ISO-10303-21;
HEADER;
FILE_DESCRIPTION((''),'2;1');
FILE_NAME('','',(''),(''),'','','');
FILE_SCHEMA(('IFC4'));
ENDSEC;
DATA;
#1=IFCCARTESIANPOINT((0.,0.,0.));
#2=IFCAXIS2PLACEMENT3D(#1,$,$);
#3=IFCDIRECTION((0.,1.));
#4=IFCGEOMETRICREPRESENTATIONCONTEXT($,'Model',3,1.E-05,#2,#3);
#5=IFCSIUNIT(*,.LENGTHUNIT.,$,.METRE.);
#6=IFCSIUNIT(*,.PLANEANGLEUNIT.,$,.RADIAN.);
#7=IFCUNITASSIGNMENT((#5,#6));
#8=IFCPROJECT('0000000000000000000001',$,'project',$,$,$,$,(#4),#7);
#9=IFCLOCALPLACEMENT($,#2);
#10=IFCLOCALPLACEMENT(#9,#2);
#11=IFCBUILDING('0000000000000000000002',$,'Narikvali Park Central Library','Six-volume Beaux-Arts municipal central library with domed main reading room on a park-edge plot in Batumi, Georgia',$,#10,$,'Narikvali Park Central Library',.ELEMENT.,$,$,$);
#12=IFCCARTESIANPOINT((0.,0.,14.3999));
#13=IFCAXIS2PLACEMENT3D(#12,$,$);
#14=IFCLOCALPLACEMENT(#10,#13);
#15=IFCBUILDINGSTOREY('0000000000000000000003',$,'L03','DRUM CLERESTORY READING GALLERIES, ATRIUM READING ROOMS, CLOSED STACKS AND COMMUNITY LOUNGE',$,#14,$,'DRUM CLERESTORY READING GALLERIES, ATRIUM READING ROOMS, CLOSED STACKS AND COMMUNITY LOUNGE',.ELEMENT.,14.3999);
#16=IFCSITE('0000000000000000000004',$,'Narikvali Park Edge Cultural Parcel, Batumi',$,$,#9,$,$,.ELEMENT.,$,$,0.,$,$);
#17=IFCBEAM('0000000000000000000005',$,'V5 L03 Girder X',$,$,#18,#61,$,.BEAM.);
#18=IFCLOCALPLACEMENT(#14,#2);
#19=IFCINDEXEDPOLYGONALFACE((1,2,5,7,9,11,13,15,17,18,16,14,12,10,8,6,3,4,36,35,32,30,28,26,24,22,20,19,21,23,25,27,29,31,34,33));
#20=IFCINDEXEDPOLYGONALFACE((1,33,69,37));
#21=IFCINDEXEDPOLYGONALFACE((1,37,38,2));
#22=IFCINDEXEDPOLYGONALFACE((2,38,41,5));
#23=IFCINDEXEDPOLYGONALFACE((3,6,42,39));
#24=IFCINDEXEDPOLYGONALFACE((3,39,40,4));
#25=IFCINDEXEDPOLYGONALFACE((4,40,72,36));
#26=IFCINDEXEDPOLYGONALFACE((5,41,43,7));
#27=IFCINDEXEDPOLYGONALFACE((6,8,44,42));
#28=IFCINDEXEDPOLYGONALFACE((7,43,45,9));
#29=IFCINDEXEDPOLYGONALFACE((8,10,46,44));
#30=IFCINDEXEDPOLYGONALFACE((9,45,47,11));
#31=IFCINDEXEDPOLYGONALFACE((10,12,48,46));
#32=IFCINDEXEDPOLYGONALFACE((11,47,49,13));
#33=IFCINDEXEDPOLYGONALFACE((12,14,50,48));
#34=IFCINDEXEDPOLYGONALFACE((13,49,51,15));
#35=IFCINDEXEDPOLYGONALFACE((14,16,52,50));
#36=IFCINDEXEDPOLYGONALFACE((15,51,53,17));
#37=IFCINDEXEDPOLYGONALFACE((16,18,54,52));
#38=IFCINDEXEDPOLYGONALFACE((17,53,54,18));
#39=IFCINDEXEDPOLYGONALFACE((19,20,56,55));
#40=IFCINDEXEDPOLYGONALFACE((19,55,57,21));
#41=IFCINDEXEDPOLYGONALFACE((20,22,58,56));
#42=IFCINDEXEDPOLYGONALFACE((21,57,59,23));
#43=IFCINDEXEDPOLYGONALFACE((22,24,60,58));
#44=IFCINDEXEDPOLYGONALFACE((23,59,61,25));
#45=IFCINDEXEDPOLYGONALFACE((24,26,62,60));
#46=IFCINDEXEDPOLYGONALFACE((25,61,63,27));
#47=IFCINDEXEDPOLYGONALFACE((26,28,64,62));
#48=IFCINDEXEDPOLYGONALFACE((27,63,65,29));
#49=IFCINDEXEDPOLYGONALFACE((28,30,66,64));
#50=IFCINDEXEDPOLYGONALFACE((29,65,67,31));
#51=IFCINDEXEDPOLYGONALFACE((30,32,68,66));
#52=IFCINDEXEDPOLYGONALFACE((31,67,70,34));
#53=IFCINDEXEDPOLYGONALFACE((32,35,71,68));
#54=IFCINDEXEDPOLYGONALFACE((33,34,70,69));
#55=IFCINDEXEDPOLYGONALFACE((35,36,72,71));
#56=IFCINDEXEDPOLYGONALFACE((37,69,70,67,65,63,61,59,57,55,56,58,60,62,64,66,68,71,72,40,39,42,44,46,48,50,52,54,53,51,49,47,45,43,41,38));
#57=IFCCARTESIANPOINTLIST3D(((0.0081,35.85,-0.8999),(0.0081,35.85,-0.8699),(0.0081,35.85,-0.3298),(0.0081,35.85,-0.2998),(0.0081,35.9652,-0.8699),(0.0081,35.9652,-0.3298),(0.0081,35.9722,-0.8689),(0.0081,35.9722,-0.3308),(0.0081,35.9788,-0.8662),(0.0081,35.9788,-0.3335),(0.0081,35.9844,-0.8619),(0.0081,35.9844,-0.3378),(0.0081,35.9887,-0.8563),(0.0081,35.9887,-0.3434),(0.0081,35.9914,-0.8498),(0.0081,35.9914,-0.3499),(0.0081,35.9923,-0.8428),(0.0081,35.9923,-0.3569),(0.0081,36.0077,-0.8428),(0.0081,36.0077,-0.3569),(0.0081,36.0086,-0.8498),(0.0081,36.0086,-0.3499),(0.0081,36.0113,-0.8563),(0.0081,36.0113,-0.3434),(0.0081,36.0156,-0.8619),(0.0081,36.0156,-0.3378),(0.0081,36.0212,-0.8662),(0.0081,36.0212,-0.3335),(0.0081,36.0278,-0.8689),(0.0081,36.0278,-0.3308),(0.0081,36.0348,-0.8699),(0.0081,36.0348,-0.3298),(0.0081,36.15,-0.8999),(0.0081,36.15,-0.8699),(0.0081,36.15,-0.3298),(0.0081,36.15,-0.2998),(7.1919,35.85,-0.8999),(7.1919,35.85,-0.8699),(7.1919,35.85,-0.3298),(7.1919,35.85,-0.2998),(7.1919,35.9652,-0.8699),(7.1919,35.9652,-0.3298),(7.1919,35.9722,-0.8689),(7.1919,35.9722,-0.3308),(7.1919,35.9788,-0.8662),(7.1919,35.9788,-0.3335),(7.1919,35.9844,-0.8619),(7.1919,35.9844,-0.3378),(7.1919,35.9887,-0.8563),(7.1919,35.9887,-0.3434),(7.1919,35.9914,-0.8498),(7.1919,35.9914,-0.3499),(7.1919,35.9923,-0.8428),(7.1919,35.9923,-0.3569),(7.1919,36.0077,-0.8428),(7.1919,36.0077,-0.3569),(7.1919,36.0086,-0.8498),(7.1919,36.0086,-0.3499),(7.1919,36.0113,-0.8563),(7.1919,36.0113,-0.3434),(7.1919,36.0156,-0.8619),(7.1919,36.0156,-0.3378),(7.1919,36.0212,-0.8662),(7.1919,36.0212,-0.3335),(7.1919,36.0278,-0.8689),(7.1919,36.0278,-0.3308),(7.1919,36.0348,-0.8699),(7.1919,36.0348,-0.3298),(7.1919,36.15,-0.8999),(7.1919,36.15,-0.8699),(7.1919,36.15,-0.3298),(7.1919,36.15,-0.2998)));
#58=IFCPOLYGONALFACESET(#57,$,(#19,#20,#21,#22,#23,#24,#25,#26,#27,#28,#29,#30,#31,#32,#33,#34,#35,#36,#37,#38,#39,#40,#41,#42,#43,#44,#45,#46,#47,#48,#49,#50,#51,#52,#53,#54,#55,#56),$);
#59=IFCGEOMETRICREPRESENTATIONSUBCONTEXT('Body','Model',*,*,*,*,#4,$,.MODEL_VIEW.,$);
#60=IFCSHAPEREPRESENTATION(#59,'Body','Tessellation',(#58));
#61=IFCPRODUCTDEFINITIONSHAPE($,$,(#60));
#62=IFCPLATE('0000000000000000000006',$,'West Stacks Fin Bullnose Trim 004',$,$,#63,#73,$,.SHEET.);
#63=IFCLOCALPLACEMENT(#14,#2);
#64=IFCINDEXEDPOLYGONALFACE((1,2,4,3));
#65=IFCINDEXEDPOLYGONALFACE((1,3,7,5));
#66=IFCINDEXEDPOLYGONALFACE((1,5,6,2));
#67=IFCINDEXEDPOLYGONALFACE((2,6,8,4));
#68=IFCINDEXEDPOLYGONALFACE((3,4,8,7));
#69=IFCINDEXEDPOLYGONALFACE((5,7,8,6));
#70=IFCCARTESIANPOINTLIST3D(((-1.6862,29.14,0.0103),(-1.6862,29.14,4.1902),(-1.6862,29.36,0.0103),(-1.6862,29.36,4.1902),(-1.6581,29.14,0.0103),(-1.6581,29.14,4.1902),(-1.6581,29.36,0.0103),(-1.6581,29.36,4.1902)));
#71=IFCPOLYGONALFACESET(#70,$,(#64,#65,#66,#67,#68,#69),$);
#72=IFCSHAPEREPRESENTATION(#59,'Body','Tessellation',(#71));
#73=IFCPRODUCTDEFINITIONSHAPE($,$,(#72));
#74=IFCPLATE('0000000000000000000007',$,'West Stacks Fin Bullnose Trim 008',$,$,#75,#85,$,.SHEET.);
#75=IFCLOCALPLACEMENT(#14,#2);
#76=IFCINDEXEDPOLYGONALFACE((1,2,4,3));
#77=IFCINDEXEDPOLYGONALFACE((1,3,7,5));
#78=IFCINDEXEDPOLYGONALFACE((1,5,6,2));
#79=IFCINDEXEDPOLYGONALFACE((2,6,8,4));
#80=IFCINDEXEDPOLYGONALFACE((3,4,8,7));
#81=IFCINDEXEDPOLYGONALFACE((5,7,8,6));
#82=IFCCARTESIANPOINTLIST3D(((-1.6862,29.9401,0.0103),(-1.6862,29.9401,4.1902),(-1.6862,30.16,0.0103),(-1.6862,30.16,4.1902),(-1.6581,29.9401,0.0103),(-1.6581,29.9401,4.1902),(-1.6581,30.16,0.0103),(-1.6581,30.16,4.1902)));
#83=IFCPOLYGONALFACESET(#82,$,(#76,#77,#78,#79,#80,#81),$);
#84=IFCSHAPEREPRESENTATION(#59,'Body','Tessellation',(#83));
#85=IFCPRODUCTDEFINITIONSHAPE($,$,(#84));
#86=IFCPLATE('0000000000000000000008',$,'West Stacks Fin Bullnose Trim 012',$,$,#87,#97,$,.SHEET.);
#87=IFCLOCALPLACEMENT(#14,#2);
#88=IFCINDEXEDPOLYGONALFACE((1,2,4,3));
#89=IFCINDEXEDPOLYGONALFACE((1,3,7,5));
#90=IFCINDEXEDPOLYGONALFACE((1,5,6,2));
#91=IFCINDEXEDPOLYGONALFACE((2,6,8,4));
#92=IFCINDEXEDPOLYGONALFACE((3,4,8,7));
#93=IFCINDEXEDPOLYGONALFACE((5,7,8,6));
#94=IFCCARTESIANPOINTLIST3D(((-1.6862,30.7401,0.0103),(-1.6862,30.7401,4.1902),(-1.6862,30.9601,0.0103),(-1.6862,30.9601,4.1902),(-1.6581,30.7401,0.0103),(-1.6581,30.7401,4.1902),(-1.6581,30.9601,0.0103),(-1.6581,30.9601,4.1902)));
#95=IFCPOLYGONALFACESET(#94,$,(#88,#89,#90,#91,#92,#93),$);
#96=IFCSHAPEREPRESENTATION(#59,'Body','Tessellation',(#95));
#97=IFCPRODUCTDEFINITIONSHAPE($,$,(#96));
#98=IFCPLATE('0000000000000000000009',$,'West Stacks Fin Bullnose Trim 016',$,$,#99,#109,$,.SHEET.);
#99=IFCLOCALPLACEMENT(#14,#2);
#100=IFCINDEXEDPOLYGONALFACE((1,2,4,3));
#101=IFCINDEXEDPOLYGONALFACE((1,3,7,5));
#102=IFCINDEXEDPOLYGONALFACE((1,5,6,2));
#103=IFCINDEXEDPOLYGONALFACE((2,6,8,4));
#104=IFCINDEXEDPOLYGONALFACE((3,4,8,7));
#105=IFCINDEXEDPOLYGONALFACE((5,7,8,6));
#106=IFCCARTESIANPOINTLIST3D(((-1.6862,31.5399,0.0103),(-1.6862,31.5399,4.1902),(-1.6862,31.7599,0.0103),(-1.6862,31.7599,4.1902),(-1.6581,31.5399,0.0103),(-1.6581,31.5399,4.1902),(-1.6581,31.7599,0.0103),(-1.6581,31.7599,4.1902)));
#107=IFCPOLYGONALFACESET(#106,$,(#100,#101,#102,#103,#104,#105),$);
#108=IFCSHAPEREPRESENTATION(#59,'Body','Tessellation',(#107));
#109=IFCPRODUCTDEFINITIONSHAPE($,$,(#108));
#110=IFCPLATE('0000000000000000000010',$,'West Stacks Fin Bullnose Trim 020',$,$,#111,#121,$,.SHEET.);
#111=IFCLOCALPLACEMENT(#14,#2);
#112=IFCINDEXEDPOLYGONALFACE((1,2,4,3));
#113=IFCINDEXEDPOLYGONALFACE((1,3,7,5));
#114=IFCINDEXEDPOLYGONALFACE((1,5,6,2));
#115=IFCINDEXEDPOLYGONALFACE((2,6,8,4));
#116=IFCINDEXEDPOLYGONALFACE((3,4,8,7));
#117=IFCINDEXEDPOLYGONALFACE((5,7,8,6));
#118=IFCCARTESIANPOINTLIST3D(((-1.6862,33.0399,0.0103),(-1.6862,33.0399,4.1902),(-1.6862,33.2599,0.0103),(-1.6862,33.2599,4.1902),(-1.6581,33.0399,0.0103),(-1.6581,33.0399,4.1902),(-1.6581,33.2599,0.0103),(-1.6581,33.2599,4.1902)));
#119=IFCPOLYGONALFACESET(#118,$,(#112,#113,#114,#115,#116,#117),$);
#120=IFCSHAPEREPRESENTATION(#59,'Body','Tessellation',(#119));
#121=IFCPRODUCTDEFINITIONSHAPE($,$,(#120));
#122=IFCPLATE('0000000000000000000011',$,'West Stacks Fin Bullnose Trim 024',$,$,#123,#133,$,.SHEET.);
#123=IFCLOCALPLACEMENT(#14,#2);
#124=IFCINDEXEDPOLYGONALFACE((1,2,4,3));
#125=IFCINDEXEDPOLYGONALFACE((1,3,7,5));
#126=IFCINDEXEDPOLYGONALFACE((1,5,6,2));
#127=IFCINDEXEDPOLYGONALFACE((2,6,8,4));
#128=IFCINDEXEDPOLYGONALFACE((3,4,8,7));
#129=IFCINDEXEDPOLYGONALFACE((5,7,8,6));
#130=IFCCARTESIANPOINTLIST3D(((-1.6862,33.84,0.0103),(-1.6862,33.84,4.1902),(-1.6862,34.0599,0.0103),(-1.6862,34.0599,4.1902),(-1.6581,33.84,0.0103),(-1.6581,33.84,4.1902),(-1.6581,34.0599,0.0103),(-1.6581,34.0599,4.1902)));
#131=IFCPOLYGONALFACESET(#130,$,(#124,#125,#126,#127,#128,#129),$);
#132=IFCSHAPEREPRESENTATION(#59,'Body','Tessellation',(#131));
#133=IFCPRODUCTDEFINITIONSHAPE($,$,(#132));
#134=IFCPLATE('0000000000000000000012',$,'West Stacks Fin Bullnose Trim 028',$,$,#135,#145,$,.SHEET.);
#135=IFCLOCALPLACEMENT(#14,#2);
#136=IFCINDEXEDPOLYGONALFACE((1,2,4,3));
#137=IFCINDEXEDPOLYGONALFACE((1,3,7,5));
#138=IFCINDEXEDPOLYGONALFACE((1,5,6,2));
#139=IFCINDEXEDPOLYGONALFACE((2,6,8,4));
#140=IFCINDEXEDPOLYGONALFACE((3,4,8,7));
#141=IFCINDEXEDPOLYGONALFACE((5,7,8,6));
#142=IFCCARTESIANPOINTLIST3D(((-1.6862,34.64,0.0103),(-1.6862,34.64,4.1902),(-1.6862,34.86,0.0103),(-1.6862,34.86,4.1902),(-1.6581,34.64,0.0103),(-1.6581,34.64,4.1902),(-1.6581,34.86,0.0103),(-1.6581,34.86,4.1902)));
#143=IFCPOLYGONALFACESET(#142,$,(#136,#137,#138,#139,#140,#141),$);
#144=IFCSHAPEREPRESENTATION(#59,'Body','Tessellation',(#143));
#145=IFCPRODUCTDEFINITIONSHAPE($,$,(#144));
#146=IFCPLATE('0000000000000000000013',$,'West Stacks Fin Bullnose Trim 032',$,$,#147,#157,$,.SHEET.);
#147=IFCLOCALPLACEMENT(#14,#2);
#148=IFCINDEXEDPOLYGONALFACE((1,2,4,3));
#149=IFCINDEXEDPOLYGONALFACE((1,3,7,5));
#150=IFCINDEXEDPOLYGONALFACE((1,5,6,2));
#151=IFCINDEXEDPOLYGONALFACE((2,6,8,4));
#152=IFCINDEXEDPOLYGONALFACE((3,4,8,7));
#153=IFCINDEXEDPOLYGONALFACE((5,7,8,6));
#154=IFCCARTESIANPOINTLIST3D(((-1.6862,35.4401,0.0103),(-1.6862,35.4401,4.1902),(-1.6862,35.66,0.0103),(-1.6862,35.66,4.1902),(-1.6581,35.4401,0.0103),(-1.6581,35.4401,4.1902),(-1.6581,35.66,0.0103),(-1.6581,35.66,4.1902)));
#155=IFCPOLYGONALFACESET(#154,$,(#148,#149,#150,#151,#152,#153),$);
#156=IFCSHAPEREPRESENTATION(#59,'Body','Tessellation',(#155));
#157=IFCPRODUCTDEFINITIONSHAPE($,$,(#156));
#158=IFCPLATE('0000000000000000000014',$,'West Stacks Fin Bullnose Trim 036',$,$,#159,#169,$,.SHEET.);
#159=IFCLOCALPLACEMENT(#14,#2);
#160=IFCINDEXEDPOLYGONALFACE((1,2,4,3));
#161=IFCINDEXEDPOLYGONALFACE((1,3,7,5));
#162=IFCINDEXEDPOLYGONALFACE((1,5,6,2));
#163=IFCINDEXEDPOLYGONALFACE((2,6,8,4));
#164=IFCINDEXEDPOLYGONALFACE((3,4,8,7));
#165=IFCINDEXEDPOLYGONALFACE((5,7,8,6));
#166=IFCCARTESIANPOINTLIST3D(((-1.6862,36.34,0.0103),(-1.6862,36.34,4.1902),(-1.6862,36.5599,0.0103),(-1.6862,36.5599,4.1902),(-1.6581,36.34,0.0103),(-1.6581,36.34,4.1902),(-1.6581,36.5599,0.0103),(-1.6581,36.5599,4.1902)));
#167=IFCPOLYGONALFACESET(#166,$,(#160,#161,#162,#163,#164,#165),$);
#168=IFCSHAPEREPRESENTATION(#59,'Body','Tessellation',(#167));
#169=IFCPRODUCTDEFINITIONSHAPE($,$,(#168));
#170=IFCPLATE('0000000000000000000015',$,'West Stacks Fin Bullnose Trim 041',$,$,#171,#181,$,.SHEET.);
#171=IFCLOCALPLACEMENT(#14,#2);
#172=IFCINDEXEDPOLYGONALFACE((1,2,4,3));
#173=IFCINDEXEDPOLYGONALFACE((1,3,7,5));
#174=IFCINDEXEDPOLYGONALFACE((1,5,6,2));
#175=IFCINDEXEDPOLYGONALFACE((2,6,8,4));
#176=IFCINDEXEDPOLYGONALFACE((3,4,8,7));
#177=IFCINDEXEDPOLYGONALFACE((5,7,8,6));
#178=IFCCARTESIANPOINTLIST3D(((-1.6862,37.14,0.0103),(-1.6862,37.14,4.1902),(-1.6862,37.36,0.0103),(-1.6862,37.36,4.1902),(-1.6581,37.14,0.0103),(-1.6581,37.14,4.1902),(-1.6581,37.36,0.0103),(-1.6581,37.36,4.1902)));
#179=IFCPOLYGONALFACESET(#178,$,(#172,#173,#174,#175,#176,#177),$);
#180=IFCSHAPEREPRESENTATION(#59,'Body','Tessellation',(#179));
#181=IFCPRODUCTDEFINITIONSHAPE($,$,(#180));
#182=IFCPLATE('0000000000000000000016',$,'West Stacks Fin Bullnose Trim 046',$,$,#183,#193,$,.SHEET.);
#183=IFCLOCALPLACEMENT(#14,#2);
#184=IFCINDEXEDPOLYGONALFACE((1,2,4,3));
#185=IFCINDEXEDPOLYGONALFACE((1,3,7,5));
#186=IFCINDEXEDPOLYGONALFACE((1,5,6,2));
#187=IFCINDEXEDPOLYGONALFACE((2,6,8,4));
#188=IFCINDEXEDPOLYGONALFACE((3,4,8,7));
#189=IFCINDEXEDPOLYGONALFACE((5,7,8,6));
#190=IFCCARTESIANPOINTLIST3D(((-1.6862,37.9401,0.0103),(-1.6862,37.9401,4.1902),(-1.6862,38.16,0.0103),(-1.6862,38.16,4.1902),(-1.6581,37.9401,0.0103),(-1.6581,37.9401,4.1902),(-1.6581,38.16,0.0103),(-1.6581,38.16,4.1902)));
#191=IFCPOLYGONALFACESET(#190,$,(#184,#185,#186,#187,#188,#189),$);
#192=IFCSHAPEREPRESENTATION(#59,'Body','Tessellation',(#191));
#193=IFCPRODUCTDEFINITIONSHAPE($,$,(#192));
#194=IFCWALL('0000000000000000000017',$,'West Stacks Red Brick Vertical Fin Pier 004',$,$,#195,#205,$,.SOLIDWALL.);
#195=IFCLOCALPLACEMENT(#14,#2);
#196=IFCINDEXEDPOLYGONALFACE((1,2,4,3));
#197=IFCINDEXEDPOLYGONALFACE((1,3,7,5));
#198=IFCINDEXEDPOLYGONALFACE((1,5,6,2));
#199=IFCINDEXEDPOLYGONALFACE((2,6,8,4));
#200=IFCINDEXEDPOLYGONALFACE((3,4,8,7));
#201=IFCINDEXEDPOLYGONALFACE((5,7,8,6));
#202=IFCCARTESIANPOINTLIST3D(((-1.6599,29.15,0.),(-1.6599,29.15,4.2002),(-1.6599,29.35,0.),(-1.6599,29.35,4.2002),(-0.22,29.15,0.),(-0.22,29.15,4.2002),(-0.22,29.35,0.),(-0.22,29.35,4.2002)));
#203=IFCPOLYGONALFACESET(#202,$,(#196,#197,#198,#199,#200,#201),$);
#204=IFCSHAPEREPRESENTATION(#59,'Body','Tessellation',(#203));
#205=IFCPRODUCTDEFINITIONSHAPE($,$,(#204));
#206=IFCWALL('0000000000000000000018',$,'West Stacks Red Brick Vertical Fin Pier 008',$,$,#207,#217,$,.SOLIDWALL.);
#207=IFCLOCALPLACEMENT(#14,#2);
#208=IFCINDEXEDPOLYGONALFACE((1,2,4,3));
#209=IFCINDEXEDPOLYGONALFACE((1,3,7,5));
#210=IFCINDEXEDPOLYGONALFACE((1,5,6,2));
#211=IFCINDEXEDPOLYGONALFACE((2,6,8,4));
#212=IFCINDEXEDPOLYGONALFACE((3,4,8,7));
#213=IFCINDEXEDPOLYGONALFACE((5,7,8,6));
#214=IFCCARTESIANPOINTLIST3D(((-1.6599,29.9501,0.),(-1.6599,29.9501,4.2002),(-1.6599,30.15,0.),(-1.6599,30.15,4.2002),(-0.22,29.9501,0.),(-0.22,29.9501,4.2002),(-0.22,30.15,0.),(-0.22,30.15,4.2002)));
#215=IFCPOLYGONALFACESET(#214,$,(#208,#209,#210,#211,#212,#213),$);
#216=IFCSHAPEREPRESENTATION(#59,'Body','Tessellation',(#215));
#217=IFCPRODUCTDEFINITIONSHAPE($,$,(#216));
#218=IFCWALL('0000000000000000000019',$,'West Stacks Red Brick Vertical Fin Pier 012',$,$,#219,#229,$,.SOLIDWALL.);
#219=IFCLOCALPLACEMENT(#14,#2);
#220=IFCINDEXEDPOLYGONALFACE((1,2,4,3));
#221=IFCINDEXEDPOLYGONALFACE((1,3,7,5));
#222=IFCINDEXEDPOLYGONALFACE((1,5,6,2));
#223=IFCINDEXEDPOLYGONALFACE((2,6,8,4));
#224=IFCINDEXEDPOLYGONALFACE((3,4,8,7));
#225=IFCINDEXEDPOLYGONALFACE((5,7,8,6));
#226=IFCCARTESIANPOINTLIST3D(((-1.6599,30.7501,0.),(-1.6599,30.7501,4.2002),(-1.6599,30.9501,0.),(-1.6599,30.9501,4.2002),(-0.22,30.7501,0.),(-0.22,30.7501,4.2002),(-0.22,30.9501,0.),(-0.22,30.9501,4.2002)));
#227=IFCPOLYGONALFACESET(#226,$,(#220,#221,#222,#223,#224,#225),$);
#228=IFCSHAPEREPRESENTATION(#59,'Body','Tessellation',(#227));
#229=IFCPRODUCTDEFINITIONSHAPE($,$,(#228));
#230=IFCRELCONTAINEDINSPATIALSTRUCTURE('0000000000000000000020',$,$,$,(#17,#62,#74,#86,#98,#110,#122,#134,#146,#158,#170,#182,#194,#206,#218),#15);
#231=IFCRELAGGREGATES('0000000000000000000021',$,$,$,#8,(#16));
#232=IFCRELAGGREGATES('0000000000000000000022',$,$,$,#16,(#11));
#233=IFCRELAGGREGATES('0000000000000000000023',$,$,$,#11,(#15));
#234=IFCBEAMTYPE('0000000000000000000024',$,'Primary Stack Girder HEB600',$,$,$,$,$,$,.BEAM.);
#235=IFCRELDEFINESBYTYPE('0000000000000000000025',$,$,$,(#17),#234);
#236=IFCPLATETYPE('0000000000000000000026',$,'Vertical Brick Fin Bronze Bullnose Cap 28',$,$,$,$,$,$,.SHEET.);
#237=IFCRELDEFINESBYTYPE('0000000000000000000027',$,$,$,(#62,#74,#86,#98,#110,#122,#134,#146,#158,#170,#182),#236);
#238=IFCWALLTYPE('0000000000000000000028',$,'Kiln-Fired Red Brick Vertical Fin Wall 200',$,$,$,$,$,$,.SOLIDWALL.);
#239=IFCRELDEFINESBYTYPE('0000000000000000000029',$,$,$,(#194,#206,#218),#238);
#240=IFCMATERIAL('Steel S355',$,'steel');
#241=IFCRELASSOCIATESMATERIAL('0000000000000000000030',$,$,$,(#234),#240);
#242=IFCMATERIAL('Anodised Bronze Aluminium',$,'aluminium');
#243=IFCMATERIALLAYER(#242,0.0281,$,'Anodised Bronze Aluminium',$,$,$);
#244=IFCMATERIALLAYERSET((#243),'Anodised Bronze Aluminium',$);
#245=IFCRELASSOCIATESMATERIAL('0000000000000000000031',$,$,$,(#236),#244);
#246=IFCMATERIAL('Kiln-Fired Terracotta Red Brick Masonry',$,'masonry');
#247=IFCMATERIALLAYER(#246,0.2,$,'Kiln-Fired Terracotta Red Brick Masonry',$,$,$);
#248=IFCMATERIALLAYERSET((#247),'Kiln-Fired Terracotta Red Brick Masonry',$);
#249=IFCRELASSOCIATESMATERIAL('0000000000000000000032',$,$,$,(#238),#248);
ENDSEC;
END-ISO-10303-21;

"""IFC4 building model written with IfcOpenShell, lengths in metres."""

from ifc_helpers import new_model, si_unit, direction, frame, frame_2d, origin, origin_2d, place, context, subcontext, project, spatial, rectangle, i_section, extrude, material, layer, layer_set, material_profile, profile_set, type_object, element, save


model = new_model("IFC4")

# Units and contexts
model_context = context("Model", 3, precision=1e-05, world=origin(), true_north=direction((0.0, 1.0)))
body_context = subcontext(model_context, "Body", "Model", "MODEL_VIEW")
ifc_project = project(units=[si_unit("LENGTHUNIT", "METRE"), si_unit("PLANEANGLEUNIT", "RADIAN")], contexts=[model_context])

# Site, building, storey
site_placement = place(None, origin())
site = spatial("IfcSite", under=ifc_project, at=site_placement, Name="Narikvali Park Edge Cultural Parcel, Batumi", CompositionType="ELEMENT", RefElevation=0.0)
building_placement = place(site_placement, origin())
building = spatial("IfcBuilding", under=site, at=building_placement, Name="Narikvali Park Central Library", Description="Six-volume Beaux-Arts municipal central library with domed main reading room on a park-edge plot in Batumi, Georgia", LongName="Narikvali Park Central Library", CompositionType="ELEMENT")
storey_placement = place(building_placement, frame((0.0, 0.0, 14.3999)))
storey = spatial("IfcBuildingStorey", under=building, at=storey_placement, Name="L03", Description="DRUM CLERESTORY READING GALLERIES, ATRIUM READING ROOMS, CLOSED STACKS AND COMMUNITY LOUNGE", LongName="DRUM CLERESTORY READING GALLERIES, ATRIUM READING ROOMS, CLOSED STACKS AND COMMUNITY LOUNGE", CompositionType="ELEMENT", Elevation=14.3999)

# Shared definitions
ifc_material_1 = material(Name="Steel S355", Category="steel")

# Beam
ifc_material_profile_1 = material_profile(ifc_material_1, i_section(OverallWidth=0.3, OverallDepth=0.6001, WebThickness=0.0154, FlangeThickness=0.03, FilletRadius=0.0271, at=origin_2d()), Name="HEB 600")
ifc_profile_set_1 = profile_set([ifc_material_profile_1], Name="Steel S355")
beam_type_1 = type_object("IfcBeamType", Name="Primary Stack Girder HEB600", PredefinedType="BEAM", material=ifc_profile_set_1)
beam_placement = place(storey_placement, frame((0.0081, 36.0, -0.5999), z_axis=(1.0, 0.0, 0.0), x_axis=(0.0, 1.0, 0.0)))
element("IfcBeam", 1, at=beam_placement, inside=storey, type_object=beam_type_1, Name="V5 L03 Girder X", PredefinedType="BEAM", context=body_context, shape_type="SweptSolid", body=[
    extrude(i_section(OverallWidth=0.3, OverallDepth=0.6001, WebThickness=0.0154, FlangeThickness=0.03, FilletRadius=0.0271, at=origin_2d()), origin(), (0.0, 0.0, 1.0), 7.1838),
])

# Plates
ifc_material_2 = material(Name="Anodised Bronze Aluminium", Category="aluminium")
ifc_layer_1 = layer(ifc_material_2, 0.0281, Name="Anodised Bronze Aluminium")
ifc_layer_set_1 = layer_set([ifc_layer_1], Name="Anodised Bronze Aluminium")
plate_type = type_object("IfcPlateType", Name="Vertical Brick Fin Bronze Bullnose Cap 28", PredefinedType="SHEET", material=ifc_layer_set_1)
for number, where, z_axis, x_axis, name in (
    (2, (-1.6721, 29.25, 0.0103), (0.0, 0.0, 1.0), (1.0, 0.0, 0.0), "West Stacks Fin Bullnose Trim 004"),
    (3, (-1.6721, 30.05, 0.0103), (0.0, 0.0, 1.0), (1.0, 0.0, 0.0), "West Stacks Fin Bullnose Trim 008"),
    (4, (-1.6721, 30.8501, 0.0103), (0.0, 0.0, 1.0), (1.0, 0.0, 0.0), "West Stacks Fin Bullnose Trim 012"),
    (5, (-1.6721, 31.6499, 0.0103), (0.0, 0.0, 1.0), (1.0, 0.0, 0.0), "West Stacks Fin Bullnose Trim 016"),
    (6, (-1.6721, 33.1499, 0.0103), (0.0, 0.0, 1.0), (1.0, 0.0, 0.0), "West Stacks Fin Bullnose Trim 020"),
    (7, (-1.6721, 33.95, 0.0103), (0.0, 0.0, 1.0), (1.0, 0.0, 0.0), "West Stacks Fin Bullnose Trim 024"),
    (8, (-1.6721, 34.75, 0.0103), (0.0, 0.0, 1.0), (1.0, 0.0, 0.0), "West Stacks Fin Bullnose Trim 028"),
    (9, (-1.6721, 35.55, 0.0103), (0.0, 0.0, 1.0), (1.0, 0.0, 0.0), "West Stacks Fin Bullnose Trim 032"),
    (10, (-1.6721, 36.45, 0.0103), (0.0, 0.0, 1.0), (1.0, 0.0, 0.0), "West Stacks Fin Bullnose Trim 036"),
    (11, (-1.6721, 37.25, 0.0103), (0.0, 0.0, 1.0), (1.0, 0.0, 0.0), "West Stacks Fin Bullnose Trim 041"),
    (12, (-1.6721, 38.05, 0.0103), (0.0, 0.0, 1.0), (1.0, 0.0, 0.0), "West Stacks Fin Bullnose Trim 046"),
):
    element("IfcPlate", number, at=place(storey_placement, frame(where, z_axis=z_axis, x_axis=x_axis)), inside=storey, type_object=plate_type, Name=name, PredefinedType="SHEET", context=body_context, shape_type="SweptSolid", body=[
        extrude(rectangle(XDim=0.0281, YDim=0.22, at=origin_2d()), origin(), (0.0, 0.0, 1.0), 4.1799),
    ])

# Walls
ifc_material_3 = material(Name="Kiln-Fired Terracotta Red Brick Masonry", Category="masonry")
ifc_layer_2 = layer(ifc_material_3, 0.2, Name="Kiln-Fired Terracotta Red Brick Masonry")
ifc_layer_set_2 = layer_set([ifc_layer_2], Name="Kiln-Fired Terracotta Red Brick Masonry")
wall_type_1 = type_object("IfcWallType", Name="Kiln-Fired Red Brick Vertical Fin Wall 200", PredefinedType="SOLIDWALL", material=ifc_layer_set_2)
for number, where, z_axis, x_axis, name in (
    (13, (-1.6599, 29.25, 0.0), (0.0, 0.0, 1.0), (1.0, 0.0, 0.0), "West Stacks Red Brick Vertical Fin Pier 004"),
    (14, (-1.6599, 30.05, 0.0), (0.0, 0.0, 1.0), (1.0, 0.0, 0.0), "West Stacks Red Brick Vertical Fin Pier 008"),
    (15, (-1.6599, 30.8501, 0.0), (0.0, 0.0, 1.0), (1.0, 0.0, 0.0), "West Stacks Red Brick Vertical Fin Pier 012"),
):
    element("IfcWall", number, at=place(storey_placement, frame(where, z_axis=z_axis, x_axis=x_axis)), inside=storey, type_object=wall_type_1, Name=name, PredefinedType="SOLIDWALL", context=body_context, shape_type="SweptSolid", body=[
        extrude(rectangle(XDim=1.4399, YDim=0.2, at=frame_2d((0.72, 0.0))), origin(), (0.0, 0.0, 1.0), 4.2002),
    ])

save(model, "model.ifc")
